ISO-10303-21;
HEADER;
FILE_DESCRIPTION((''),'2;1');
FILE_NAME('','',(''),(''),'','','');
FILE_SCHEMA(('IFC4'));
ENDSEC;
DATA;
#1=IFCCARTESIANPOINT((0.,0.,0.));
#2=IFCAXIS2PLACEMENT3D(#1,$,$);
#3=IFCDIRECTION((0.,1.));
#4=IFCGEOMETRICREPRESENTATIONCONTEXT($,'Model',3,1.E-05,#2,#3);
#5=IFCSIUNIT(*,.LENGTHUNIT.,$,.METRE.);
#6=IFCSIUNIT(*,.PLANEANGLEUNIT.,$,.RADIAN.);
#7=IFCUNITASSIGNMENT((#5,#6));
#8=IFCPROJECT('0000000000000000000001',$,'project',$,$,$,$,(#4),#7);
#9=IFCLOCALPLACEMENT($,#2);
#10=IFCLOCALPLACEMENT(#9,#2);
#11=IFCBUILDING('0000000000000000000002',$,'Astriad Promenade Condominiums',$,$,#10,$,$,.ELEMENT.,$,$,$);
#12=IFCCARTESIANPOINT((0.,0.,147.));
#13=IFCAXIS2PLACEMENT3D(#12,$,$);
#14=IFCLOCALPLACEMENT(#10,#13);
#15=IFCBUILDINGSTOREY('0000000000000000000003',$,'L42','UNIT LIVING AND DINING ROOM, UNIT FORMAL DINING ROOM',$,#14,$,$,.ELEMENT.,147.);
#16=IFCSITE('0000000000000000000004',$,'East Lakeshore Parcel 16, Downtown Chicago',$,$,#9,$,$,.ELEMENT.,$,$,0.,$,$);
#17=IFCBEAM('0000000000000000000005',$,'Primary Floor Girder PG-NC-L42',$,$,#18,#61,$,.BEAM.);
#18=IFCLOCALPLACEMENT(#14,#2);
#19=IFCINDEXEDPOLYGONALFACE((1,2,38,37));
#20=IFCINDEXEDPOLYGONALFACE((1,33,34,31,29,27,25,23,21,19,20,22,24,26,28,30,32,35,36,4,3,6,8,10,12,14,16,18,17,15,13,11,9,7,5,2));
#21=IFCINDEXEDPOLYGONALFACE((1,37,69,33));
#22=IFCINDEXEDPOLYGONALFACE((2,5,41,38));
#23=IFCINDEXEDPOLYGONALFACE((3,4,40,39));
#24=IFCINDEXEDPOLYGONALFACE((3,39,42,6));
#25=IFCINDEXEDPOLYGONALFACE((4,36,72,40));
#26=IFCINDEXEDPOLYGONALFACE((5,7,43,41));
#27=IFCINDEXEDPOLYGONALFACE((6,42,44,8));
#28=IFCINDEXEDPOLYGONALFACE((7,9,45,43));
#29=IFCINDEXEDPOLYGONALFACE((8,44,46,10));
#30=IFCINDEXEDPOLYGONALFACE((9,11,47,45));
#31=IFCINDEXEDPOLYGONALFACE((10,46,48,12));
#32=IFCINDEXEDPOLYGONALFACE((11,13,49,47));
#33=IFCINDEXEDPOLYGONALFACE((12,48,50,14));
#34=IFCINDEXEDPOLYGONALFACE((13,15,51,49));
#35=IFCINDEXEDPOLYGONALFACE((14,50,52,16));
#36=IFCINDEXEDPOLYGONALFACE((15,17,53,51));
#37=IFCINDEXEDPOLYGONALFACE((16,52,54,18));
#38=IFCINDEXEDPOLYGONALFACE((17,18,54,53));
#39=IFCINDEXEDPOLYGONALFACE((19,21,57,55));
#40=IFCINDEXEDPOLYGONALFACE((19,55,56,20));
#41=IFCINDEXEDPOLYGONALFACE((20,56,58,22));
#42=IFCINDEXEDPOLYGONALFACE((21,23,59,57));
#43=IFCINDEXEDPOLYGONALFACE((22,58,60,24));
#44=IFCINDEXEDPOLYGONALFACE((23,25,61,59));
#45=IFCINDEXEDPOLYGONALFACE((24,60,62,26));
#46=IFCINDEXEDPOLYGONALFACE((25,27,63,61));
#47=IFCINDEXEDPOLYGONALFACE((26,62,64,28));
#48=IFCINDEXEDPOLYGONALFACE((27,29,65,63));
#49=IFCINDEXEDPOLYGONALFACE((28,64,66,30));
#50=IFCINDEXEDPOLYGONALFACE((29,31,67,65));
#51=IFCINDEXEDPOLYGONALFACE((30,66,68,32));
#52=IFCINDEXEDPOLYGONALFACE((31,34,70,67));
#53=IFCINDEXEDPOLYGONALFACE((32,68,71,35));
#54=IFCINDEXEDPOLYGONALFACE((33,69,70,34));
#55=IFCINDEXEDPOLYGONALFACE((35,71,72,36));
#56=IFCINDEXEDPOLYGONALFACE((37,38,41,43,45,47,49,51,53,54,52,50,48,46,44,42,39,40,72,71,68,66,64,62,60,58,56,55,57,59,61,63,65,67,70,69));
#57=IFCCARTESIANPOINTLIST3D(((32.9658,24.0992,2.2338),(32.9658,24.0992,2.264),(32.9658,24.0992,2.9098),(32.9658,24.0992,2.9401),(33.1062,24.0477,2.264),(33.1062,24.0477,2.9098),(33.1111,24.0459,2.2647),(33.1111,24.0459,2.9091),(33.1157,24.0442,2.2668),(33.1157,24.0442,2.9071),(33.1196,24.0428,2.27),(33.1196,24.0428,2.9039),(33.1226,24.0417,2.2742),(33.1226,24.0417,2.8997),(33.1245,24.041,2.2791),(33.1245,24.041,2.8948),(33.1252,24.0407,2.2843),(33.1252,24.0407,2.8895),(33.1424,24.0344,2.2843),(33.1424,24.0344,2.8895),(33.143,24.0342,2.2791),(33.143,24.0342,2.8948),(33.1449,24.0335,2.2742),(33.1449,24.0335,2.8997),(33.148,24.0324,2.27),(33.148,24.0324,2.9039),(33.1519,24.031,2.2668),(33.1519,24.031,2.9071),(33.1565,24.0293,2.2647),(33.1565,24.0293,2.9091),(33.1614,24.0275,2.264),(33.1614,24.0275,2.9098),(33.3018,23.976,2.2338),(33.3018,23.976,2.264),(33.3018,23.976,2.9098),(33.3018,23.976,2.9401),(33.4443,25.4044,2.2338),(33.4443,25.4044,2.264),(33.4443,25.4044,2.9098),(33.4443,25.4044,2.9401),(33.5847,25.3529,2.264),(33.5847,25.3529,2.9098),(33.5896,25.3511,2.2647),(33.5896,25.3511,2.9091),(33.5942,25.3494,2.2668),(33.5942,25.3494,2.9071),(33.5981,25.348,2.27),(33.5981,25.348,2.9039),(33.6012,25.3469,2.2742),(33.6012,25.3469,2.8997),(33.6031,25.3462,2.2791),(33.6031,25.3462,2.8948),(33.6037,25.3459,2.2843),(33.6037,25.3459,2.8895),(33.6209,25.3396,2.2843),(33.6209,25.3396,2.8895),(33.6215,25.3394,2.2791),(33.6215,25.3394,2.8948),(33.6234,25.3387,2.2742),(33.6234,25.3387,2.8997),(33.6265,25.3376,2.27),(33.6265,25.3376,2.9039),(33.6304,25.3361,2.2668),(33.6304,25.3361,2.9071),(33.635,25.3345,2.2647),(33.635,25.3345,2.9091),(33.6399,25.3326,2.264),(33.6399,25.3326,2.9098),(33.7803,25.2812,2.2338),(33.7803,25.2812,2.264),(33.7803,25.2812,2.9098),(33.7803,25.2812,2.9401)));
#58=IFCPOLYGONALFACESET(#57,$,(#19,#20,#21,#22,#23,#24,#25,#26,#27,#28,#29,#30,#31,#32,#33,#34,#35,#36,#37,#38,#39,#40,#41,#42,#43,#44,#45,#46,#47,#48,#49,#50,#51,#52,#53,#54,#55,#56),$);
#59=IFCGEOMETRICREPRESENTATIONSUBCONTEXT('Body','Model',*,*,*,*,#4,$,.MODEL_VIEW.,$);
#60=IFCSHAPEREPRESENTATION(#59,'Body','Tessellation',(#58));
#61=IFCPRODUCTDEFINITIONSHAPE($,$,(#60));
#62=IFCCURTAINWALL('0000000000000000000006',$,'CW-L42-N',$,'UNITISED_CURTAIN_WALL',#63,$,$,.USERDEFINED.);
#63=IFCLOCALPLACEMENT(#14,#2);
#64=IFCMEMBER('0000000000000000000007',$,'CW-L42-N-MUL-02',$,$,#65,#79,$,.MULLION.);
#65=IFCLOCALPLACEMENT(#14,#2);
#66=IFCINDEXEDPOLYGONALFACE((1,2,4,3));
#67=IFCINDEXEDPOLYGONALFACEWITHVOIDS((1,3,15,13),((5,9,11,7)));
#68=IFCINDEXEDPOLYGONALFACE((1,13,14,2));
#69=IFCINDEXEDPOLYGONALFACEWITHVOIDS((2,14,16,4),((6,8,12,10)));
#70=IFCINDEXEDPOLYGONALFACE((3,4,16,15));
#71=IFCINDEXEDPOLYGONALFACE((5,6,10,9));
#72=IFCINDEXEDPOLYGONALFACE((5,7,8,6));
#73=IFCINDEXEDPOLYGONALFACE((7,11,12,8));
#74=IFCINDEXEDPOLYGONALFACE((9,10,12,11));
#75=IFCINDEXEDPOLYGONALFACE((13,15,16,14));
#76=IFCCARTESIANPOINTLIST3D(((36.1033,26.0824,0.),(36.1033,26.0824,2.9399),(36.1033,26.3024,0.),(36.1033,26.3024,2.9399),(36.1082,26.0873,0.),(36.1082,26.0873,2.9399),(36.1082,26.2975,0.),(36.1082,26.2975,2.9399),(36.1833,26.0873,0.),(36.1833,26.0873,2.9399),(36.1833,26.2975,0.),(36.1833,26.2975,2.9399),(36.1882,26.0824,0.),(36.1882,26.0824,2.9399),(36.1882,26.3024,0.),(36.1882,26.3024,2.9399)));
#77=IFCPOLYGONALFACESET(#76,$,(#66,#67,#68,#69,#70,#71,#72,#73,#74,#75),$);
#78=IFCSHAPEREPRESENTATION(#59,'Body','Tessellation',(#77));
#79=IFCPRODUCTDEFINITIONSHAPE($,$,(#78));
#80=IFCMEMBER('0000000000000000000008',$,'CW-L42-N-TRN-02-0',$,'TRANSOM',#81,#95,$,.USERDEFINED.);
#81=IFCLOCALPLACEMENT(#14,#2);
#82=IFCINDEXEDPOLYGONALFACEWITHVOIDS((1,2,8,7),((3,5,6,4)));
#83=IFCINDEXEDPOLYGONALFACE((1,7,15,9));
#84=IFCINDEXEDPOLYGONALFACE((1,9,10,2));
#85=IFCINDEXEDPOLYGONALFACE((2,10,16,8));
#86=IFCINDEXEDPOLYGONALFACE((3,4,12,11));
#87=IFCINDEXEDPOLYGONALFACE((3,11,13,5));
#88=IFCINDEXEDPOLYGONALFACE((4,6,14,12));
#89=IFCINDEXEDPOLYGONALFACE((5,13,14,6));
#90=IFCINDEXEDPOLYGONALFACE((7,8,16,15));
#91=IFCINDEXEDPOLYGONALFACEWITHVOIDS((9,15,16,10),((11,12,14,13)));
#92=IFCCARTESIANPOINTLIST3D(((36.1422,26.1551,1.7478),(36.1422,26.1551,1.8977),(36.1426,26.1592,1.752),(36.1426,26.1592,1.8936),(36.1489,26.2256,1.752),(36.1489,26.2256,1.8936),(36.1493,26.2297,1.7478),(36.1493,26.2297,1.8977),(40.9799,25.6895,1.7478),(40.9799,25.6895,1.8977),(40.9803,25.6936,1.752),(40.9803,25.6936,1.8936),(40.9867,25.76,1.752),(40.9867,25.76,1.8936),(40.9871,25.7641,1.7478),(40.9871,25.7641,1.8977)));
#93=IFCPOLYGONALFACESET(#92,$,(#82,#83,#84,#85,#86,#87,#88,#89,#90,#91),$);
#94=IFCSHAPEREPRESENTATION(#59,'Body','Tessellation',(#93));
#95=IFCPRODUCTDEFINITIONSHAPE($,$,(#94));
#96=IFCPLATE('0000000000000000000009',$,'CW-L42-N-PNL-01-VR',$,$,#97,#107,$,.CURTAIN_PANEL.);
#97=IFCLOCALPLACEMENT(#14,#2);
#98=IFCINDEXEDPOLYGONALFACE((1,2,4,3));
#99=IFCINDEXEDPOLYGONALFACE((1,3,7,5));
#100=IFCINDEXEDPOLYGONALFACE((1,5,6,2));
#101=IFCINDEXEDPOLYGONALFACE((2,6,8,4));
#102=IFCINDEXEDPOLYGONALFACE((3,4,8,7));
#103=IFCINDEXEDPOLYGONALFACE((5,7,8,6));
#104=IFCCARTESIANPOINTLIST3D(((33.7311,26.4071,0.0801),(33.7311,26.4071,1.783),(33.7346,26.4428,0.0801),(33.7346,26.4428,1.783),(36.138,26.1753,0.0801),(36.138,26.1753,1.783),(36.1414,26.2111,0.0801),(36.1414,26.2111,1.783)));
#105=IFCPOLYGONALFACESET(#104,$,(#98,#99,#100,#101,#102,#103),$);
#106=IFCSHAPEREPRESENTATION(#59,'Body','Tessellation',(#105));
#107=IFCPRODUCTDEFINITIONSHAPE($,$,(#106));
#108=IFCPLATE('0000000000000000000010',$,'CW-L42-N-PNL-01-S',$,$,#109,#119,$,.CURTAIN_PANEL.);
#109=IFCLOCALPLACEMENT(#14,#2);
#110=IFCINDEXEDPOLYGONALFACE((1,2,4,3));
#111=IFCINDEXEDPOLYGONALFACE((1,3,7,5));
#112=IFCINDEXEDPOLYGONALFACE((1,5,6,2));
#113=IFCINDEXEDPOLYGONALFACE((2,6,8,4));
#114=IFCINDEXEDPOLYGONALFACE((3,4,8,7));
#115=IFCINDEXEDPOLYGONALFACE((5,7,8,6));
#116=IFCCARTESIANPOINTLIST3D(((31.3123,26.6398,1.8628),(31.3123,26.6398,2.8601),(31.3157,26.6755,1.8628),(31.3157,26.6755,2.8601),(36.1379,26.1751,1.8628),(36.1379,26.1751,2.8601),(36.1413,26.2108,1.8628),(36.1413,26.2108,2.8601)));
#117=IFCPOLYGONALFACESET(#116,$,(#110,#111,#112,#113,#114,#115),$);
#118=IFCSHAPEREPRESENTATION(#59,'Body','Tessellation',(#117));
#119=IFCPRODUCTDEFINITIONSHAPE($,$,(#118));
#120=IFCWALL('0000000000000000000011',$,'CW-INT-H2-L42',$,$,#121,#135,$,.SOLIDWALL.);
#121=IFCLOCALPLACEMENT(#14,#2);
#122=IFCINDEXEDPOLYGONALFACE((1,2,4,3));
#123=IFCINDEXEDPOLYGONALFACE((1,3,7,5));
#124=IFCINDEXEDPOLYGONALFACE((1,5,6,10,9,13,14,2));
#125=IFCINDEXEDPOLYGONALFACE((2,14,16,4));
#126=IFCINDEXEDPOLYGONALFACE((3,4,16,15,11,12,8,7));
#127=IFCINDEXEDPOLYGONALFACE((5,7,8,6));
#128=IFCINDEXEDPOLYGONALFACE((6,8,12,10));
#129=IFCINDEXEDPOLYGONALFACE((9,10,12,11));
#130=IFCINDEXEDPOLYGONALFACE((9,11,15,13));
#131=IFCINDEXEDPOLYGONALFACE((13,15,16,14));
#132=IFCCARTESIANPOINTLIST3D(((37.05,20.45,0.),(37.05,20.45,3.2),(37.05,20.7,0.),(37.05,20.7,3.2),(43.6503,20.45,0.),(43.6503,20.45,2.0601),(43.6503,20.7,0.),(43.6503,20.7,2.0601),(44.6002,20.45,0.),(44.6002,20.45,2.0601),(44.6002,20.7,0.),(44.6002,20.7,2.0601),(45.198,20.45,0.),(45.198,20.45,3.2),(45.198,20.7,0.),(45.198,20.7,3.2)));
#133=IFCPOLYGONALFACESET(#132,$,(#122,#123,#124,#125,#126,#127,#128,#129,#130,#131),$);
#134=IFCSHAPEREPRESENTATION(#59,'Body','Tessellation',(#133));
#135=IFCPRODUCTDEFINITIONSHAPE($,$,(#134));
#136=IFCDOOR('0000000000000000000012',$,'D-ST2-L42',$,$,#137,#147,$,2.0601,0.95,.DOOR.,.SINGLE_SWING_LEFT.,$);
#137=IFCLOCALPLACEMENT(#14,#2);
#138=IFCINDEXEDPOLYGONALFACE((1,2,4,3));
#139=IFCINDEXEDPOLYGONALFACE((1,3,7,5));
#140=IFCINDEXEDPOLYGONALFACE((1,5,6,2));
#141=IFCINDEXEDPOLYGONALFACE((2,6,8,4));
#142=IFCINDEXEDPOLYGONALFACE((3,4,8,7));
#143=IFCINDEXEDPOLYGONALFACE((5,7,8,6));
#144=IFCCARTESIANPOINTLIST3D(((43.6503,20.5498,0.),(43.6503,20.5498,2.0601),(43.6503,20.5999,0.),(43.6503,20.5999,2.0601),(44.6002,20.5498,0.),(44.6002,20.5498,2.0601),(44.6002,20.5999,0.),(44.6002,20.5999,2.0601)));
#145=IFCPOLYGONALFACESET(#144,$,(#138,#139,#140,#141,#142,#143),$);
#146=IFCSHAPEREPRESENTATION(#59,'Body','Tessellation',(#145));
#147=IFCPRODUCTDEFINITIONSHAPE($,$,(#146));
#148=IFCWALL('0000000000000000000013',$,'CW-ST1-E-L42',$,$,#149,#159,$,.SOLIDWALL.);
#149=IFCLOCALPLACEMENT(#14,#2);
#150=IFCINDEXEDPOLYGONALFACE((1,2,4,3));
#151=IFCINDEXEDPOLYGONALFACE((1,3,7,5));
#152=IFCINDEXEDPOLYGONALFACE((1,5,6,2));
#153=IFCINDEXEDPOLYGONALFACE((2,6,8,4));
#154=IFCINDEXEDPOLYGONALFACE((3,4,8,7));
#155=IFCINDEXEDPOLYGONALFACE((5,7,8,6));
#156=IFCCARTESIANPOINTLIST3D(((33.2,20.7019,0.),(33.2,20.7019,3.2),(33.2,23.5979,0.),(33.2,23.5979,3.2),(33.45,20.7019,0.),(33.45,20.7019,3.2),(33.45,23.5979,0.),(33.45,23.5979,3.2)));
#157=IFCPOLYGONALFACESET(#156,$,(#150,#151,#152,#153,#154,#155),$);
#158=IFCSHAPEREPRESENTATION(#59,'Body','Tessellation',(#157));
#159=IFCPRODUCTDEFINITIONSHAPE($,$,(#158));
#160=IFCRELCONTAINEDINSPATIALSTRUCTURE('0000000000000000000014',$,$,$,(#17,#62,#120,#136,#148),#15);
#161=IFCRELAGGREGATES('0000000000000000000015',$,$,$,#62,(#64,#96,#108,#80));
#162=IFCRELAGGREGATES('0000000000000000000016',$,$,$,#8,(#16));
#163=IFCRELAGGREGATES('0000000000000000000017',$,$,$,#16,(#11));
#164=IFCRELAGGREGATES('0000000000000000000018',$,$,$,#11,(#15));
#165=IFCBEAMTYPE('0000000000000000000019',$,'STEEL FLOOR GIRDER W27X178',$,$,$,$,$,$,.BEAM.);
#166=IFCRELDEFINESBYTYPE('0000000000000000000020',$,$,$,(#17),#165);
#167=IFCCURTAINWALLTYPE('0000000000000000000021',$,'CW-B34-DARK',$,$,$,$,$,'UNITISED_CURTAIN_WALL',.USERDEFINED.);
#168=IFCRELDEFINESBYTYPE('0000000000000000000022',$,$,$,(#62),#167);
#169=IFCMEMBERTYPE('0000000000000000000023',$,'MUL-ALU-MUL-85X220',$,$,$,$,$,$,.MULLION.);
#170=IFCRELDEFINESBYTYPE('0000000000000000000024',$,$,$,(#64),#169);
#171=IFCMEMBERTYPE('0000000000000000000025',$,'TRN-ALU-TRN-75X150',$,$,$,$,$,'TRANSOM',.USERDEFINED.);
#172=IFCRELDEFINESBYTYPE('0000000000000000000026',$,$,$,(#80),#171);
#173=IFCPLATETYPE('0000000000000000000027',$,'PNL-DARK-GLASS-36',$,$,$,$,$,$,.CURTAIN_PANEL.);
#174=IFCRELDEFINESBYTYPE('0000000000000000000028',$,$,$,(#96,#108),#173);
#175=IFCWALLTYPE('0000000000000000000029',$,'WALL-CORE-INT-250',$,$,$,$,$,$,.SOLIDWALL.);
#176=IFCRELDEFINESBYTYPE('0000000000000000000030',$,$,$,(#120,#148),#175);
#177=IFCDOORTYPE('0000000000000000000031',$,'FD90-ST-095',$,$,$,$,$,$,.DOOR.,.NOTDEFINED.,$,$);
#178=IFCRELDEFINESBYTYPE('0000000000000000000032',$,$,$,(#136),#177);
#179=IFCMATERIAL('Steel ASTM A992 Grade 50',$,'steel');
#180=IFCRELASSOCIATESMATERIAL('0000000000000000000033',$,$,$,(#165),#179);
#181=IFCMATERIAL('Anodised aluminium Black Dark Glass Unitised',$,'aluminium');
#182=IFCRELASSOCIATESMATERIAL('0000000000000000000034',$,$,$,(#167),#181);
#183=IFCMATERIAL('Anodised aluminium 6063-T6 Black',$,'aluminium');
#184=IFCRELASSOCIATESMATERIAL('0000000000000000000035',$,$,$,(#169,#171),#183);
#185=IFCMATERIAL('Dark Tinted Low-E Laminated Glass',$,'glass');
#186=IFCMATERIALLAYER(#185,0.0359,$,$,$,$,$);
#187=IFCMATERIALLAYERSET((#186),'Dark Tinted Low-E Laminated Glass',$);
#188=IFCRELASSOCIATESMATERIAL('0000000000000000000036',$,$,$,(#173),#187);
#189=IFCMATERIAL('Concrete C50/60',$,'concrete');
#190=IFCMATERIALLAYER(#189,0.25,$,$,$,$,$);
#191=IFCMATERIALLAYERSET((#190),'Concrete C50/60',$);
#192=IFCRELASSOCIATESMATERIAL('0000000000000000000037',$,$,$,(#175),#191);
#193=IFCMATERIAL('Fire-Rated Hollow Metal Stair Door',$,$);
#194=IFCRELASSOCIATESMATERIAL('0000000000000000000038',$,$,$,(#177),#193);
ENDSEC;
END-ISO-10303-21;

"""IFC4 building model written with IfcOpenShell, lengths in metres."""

from ifc_helpers import new_model, si_unit, direction, frame, frame_2d, origin, origin_2d, place, context, subcontext, project, spatial, rectangle, hollow_rectangle, i_section, extrude, source, transform, mapped, material, layer, layer_set, material_profile, profile_set, type_object, type_shapes, element, fill, aggregate, save


model = new_model("IFC4")

# Units and contexts
model_context = context("Model", 3, precision=1e-05, world=origin(), true_north=direction((0.0, 1.0)))
body_context = subcontext(model_context, "Body", "Model", "MODEL_VIEW")
ifc_project = project(units=[si_unit("LENGTHUNIT", "METRE"), si_unit("PLANEANGLEUNIT", "RADIAN")], contexts=[model_context])

# Site, building, storey
site_placement = place(None, origin())
site = spatial("IfcSite", under=ifc_project, at=site_placement, Name="East Lakeshore Parcel 16, Downtown Chicago", CompositionType="ELEMENT", RefElevation=0.0)
building_placement = place(site_placement, origin())
building = spatial("IfcBuilding", under=site, at=building_placement, Name="Astriad Promenade Condominiums", CompositionType="ELEMENT")
storey_placement = place(building_placement, frame((0.0, 0.0, 147.0)))
storey = spatial("IfcBuildingStorey", under=building, at=storey_placement, Name="L42", Description="UNIT LIVING AND DINING ROOM, UNIT FORMAL DINING ROOM", CompositionType="ELEMENT", Elevation=147.0)

# Shared definitions
ifc_material_1 = material(Name="Steel ASTM A992 Grade 50", Category="steel")

# Beam
ifc_material_profile_1 = material_profile(ifc_material_1, i_section(OverallWidth=0.3579, OverallDepth=0.7063, WebThickness=0.0183, FlangeThickness=0.0303, FilletRadius=0.0203, at=origin_2d()), Name="W27X178")
ifc_profile_set_1 = profile_set([ifc_material_profile_1], Name="Steel ASTM A992 Grade 50")
beam_type_1 = type_object("IfcBeamType", Name="STEEL FLOOR GIRDER W27X178", PredefinedType="BEAM", material=ifc_profile_set_1)
shared_shape_1 = source(origin(), body_context, "Body", "SweptSolid", [
    extrude(i_section(OverallWidth=0.3579, OverallDepth=0.7063, WebThickness=0.0183, FlangeThickness=0.0303, FilletRadius=0.0203, at=origin_2d()), origin(), (0.0, 0.0, 1.0), 1.3901),
])
type_shapes(beam_type_1, [shared_shape_1])
beam_1_placement = place(storey_placement, frame((33.6123, 25.3428, 2.5869), z_axis=(-0.344224, -0.938888, 0.0), x_axis=(0.938888, -0.344224, 0.0)))
element("IfcBeam", 1, at=beam_1_placement, inside=storey, type_object=beam_type_1, Name="Primary Floor Girder PG-NC-L42", PredefinedType="BEAM", context=body_context, shape_type="MappedRepresentation", body=[
    mapped(shared_shape_1, transform((0.0, 0.0, 0.0), scale=1.0)),
])

# Curtain wall, members, plates
ifc_material_2 = material(Name="Anodised aluminium Black Dark Glass Unitised", Category="aluminium")
curtain_wall_type = type_object("IfcCurtainWallType", Name="CW-B34-DARK", ElementType="UNITISED_CURTAIN_WALL", PredefinedType="USERDEFINED", material=ifc_material_2)
curtain_wall_placement = place(storey_placement, origin())
curtain_wall = element("IfcCurtainWall", 2, at=curtain_wall_placement, inside=storey, type_object=curtain_wall_type, Name="CW-L42-N", ObjectType="UNITISED_CURTAIN_WALL", PredefinedType="USERDEFINED")
ifc_material_3 = material(Name="Anodised aluminium 6063-T6 Black", Category="aluminium")
ifc_material_profile_2 = material_profile(ifc_material_3, hollow_rectangle(XDim=0.085, YDim=0.22, WallThickness=0.0049, at=origin_2d()), Name="ALU-MUL-85X220")
ifc_profile_set_2 = profile_set([ifc_material_profile_2], Name="Anodised aluminium 6063-T6 Black")
member_type_1 = type_object("IfcMemberType", Name="MUL-ALU-MUL-85X220", PredefinedType="MULLION", material=ifc_profile_set_2)
shared_shape_2 = source(origin(), body_context, "Body", "SweptSolid", [
    extrude(hollow_rectangle(XDim=0.085, YDim=0.22, WallThickness=0.0049, at=origin_2d()), origin(), (0.0, 0.0, 1.0), 2.9399),
])
type_shapes(member_type_1, [shared_shape_2])
member_1_placement = place(storey_placement, frame((36.1458, 26.1924, 0.0), z_axis=(0.0, 0.0, 1.0), x_axis=(1.0, 0.0, 0.0)))
member_1 = element("IfcMember", 3, at=member_1_placement, type_object=member_type_1, Name="CW-L42-N-MUL-02", PredefinedType="MULLION", context=body_context, shape_type="MappedRepresentation", body=[
    mapped(shared_shape_2, transform((0.0, 0.0, 0.0), scale=1.0)),
])
ifc_material_profile_3 = material_profile(ifc_material_3, hollow_rectangle(XDim=0.075, YDim=0.1499, WallThickness=0.0042, at=origin_2d()), Name="ALU-TRN-75X150")
ifc_profile_set_3 = profile_set([ifc_material_profile_3], Name="Anodised aluminium 6063-T6 Black")
member_type_2 = type_object("IfcMemberType", Name="TRN-ALU-TRN-75X150", ElementType="TRANSOM", PredefinedType="USERDEFINED", material=ifc_profile_set_3)
shared_shape_3 = source(origin(), body_context, "Body", "SweptSolid", [
    extrude(hollow_rectangle(XDim=0.075, YDim=0.1499, WallThickness=0.0042, at=origin_2d()), origin(), (0.0, 0.0, 1.0), 4.8601),
])
type_shapes(member_type_2, [shared_shape_3])
member_2_placement = place(storey_placement, frame((36.1458, 26.1924, 1.8228), z_axis=(0.995401, -0.095798, 0.0), x_axis=(0.095798, 0.995401, 0.0)))
member_2 = element("IfcMember", 4, at=member_2_placement, type_object=member_type_2, Name="CW-L42-N-TRN-02-0", ObjectType="TRANSOM", PredefinedType="USERDEFINED", context=body_context, shape_type="MappedRepresentation", body=[
    mapped(shared_shape_3, transform((0.0, 0.0, 0.0), scale=1.0)),
])
ifc_material_4 = material(Name="Dark Tinted Low-E Laminated Glass", Category="glass")
ifc_layer_1 = layer(ifc_material_4, 0.0359)
ifc_layer_set_1 = layer_set([ifc_layer_1], Name="Dark Tinted Low-E Laminated Glass")
plate_type = type_object("IfcPlateType", Name="PNL-DARK-GLASS-36", PredefinedType="CURTAIN_PANEL", material=ifc_layer_set_1)
shared_shape_4 = source(origin(), body_context, "Body", "SweptSolid", [
    extrude(rectangle(XDim=2.418, YDim=0.0359, at=origin_2d()), origin(), (0.0, 0.0, 1.0), 1.7029),
])
plate_1_placement = place(storey_placement, frame((34.9363, 26.3091, 0.0801), z_axis=(0.0, 0.0, 1.0), x_axis=(0.995396, -0.095846, 0.0)))
plate_1 = element("IfcPlate", 5, at=plate_1_placement, type_object=plate_type, Name="CW-L42-N-PNL-01-VR", PredefinedType="CURTAIN_PANEL", context=body_context, shape_type="MappedRepresentation", body=[
    mapped(shared_shape_4, transform((0.0, 0.0, 0.0), scale=1.0)),
])
shared_shape_5 = source(origin(), body_context, "Body", "SweptSolid", [
    extrude(rectangle(XDim=4.8479, YDim=0.0359, at=origin_2d()), origin(), (0.0, 0.0, 1.0), 0.9973),
])
type_shapes(plate_type, [shared_shape_4, shared_shape_5])
plate_2_placement = place(storey_placement, frame((33.7268, 26.4253, 1.8628), z_axis=(0.0, 0.0, 1.0), x_axis=(0.995396, -0.095846, 0.0)))
plate_2 = element("IfcPlate", 6, at=plate_2_placement, type_object=plate_type, Name="CW-L42-N-PNL-01-S", PredefinedType="CURTAIN_PANEL", context=body_context, shape_type="MappedRepresentation", body=[
    mapped(shared_shape_5, transform((0.0, 0.0, 0.0), scale=1.0)),
])
aggregate(curtain_wall, [member_1, plate_1, plate_2, member_2])

# Wall, opening, door
ifc_material_5 = material(Name="Concrete C50/60", Category="concrete")
ifc_layer_2 = layer(ifc_material_5, 0.25)
ifc_layer_set_2 = layer_set([ifc_layer_2], Name="Concrete C50/60")
wall_type_1 = type_object("IfcWallType", Name="WALL-CORE-INT-250", PredefinedType="SOLIDWALL", material=ifc_layer_set_2)
wall_1_placement = place(storey_placement, frame((37.05, 20.575, 0.0), z_axis=(0.0, 0.0, 1.0), x_axis=(1.0, 0.0, 0.0)))
wall_1 = element("IfcWall", 7, at=wall_1_placement, inside=storey, type_object=wall_type_1, Name="CW-INT-H2-L42", PredefinedType="SOLIDWALL", context=body_context, shape_type="SweptSolid", body=[
    extrude(rectangle(XDim=8.1479, YDim=0.25, at=frame_2d((4.074, 0.0))), origin(), (0.0, 0.0, 1.0), 3.2),
])
opening_1_placement = place(wall_1_placement, frame((6.6001, 0.0, 0.0)))
opening_1 = element("IfcOpeningElement", 8, at=opening_1_placement, cuts=wall_1, PredefinedType="OPENING", context=body_context, shape_type="SweptSolid", body=[
    extrude(rectangle(XDim=0.95, YDim=2.0601, at=frame_2d((0.4751, 1.03))), frame((0.0, 0.135, 0.0), z_axis=(0.0, -1.0, 0.0), x_axis=(1.0, 0.0, 0.0)), (0.0, 0.0, 1.0), 0.27),
])
ifc_material_6 = material(Name="Fire-Rated Hollow Metal Stair Door")
door_type_1 = type_object("IfcDoorType", Name="FD90-ST-095", OperationType="NOTDEFINED", PredefinedType="DOOR", material=ifc_material_6)
shared_shape_6 = source(origin(), body_context, "Body", "SweptSolid", [
    extrude(rectangle(XDim=0.95, YDim=2.0601, at=frame_2d((0.4751, 1.03))), frame((0.0, 0.0249, 0.0), z_axis=(0.0, -1.0, 0.0), x_axis=(1.0, 0.0, 0.0)), (0.0, 0.0, 1.0), 0.05),
])
type_shapes(door_type_1, [shared_shape_6])
door_1_placement = place(opening_1_placement, origin())
door_1 = element("IfcDoor", 9, at=door_1_placement, inside=storey, type_object=door_type_1, Name="D-ST2-L42", OperationType="SINGLE_SWING_LEFT", OverallHeight=2.0601, OverallWidth=0.95, PredefinedType="DOOR", context=body_context, shape_type="MappedRepresentation", body=[
    mapped(shared_shape_6, transform((0.0, 0.0, 0.0), scale=1.0)),
])
fill(opening_1, door_1)

# Wall
wall_2_placement = place(storey_placement, frame((33.325, 20.7019, 0.0), z_axis=(0.0, 0.0, 1.0), x_axis=(0.0, 1.0, 0.0)))
element("IfcWall", 10, at=wall_2_placement, inside=storey, type_object=wall_type_1, Name="CW-ST1-E-L42", PredefinedType="SOLIDWALL", context=body_context, shape_type="SweptSolid", body=[
    extrude(rectangle(XDim=2.896, YDim=0.25, at=frame_2d((1.448, 0.0))), origin(), (0.0, 0.0, 1.0), 3.2),
])

save(model, "model.ifc")
